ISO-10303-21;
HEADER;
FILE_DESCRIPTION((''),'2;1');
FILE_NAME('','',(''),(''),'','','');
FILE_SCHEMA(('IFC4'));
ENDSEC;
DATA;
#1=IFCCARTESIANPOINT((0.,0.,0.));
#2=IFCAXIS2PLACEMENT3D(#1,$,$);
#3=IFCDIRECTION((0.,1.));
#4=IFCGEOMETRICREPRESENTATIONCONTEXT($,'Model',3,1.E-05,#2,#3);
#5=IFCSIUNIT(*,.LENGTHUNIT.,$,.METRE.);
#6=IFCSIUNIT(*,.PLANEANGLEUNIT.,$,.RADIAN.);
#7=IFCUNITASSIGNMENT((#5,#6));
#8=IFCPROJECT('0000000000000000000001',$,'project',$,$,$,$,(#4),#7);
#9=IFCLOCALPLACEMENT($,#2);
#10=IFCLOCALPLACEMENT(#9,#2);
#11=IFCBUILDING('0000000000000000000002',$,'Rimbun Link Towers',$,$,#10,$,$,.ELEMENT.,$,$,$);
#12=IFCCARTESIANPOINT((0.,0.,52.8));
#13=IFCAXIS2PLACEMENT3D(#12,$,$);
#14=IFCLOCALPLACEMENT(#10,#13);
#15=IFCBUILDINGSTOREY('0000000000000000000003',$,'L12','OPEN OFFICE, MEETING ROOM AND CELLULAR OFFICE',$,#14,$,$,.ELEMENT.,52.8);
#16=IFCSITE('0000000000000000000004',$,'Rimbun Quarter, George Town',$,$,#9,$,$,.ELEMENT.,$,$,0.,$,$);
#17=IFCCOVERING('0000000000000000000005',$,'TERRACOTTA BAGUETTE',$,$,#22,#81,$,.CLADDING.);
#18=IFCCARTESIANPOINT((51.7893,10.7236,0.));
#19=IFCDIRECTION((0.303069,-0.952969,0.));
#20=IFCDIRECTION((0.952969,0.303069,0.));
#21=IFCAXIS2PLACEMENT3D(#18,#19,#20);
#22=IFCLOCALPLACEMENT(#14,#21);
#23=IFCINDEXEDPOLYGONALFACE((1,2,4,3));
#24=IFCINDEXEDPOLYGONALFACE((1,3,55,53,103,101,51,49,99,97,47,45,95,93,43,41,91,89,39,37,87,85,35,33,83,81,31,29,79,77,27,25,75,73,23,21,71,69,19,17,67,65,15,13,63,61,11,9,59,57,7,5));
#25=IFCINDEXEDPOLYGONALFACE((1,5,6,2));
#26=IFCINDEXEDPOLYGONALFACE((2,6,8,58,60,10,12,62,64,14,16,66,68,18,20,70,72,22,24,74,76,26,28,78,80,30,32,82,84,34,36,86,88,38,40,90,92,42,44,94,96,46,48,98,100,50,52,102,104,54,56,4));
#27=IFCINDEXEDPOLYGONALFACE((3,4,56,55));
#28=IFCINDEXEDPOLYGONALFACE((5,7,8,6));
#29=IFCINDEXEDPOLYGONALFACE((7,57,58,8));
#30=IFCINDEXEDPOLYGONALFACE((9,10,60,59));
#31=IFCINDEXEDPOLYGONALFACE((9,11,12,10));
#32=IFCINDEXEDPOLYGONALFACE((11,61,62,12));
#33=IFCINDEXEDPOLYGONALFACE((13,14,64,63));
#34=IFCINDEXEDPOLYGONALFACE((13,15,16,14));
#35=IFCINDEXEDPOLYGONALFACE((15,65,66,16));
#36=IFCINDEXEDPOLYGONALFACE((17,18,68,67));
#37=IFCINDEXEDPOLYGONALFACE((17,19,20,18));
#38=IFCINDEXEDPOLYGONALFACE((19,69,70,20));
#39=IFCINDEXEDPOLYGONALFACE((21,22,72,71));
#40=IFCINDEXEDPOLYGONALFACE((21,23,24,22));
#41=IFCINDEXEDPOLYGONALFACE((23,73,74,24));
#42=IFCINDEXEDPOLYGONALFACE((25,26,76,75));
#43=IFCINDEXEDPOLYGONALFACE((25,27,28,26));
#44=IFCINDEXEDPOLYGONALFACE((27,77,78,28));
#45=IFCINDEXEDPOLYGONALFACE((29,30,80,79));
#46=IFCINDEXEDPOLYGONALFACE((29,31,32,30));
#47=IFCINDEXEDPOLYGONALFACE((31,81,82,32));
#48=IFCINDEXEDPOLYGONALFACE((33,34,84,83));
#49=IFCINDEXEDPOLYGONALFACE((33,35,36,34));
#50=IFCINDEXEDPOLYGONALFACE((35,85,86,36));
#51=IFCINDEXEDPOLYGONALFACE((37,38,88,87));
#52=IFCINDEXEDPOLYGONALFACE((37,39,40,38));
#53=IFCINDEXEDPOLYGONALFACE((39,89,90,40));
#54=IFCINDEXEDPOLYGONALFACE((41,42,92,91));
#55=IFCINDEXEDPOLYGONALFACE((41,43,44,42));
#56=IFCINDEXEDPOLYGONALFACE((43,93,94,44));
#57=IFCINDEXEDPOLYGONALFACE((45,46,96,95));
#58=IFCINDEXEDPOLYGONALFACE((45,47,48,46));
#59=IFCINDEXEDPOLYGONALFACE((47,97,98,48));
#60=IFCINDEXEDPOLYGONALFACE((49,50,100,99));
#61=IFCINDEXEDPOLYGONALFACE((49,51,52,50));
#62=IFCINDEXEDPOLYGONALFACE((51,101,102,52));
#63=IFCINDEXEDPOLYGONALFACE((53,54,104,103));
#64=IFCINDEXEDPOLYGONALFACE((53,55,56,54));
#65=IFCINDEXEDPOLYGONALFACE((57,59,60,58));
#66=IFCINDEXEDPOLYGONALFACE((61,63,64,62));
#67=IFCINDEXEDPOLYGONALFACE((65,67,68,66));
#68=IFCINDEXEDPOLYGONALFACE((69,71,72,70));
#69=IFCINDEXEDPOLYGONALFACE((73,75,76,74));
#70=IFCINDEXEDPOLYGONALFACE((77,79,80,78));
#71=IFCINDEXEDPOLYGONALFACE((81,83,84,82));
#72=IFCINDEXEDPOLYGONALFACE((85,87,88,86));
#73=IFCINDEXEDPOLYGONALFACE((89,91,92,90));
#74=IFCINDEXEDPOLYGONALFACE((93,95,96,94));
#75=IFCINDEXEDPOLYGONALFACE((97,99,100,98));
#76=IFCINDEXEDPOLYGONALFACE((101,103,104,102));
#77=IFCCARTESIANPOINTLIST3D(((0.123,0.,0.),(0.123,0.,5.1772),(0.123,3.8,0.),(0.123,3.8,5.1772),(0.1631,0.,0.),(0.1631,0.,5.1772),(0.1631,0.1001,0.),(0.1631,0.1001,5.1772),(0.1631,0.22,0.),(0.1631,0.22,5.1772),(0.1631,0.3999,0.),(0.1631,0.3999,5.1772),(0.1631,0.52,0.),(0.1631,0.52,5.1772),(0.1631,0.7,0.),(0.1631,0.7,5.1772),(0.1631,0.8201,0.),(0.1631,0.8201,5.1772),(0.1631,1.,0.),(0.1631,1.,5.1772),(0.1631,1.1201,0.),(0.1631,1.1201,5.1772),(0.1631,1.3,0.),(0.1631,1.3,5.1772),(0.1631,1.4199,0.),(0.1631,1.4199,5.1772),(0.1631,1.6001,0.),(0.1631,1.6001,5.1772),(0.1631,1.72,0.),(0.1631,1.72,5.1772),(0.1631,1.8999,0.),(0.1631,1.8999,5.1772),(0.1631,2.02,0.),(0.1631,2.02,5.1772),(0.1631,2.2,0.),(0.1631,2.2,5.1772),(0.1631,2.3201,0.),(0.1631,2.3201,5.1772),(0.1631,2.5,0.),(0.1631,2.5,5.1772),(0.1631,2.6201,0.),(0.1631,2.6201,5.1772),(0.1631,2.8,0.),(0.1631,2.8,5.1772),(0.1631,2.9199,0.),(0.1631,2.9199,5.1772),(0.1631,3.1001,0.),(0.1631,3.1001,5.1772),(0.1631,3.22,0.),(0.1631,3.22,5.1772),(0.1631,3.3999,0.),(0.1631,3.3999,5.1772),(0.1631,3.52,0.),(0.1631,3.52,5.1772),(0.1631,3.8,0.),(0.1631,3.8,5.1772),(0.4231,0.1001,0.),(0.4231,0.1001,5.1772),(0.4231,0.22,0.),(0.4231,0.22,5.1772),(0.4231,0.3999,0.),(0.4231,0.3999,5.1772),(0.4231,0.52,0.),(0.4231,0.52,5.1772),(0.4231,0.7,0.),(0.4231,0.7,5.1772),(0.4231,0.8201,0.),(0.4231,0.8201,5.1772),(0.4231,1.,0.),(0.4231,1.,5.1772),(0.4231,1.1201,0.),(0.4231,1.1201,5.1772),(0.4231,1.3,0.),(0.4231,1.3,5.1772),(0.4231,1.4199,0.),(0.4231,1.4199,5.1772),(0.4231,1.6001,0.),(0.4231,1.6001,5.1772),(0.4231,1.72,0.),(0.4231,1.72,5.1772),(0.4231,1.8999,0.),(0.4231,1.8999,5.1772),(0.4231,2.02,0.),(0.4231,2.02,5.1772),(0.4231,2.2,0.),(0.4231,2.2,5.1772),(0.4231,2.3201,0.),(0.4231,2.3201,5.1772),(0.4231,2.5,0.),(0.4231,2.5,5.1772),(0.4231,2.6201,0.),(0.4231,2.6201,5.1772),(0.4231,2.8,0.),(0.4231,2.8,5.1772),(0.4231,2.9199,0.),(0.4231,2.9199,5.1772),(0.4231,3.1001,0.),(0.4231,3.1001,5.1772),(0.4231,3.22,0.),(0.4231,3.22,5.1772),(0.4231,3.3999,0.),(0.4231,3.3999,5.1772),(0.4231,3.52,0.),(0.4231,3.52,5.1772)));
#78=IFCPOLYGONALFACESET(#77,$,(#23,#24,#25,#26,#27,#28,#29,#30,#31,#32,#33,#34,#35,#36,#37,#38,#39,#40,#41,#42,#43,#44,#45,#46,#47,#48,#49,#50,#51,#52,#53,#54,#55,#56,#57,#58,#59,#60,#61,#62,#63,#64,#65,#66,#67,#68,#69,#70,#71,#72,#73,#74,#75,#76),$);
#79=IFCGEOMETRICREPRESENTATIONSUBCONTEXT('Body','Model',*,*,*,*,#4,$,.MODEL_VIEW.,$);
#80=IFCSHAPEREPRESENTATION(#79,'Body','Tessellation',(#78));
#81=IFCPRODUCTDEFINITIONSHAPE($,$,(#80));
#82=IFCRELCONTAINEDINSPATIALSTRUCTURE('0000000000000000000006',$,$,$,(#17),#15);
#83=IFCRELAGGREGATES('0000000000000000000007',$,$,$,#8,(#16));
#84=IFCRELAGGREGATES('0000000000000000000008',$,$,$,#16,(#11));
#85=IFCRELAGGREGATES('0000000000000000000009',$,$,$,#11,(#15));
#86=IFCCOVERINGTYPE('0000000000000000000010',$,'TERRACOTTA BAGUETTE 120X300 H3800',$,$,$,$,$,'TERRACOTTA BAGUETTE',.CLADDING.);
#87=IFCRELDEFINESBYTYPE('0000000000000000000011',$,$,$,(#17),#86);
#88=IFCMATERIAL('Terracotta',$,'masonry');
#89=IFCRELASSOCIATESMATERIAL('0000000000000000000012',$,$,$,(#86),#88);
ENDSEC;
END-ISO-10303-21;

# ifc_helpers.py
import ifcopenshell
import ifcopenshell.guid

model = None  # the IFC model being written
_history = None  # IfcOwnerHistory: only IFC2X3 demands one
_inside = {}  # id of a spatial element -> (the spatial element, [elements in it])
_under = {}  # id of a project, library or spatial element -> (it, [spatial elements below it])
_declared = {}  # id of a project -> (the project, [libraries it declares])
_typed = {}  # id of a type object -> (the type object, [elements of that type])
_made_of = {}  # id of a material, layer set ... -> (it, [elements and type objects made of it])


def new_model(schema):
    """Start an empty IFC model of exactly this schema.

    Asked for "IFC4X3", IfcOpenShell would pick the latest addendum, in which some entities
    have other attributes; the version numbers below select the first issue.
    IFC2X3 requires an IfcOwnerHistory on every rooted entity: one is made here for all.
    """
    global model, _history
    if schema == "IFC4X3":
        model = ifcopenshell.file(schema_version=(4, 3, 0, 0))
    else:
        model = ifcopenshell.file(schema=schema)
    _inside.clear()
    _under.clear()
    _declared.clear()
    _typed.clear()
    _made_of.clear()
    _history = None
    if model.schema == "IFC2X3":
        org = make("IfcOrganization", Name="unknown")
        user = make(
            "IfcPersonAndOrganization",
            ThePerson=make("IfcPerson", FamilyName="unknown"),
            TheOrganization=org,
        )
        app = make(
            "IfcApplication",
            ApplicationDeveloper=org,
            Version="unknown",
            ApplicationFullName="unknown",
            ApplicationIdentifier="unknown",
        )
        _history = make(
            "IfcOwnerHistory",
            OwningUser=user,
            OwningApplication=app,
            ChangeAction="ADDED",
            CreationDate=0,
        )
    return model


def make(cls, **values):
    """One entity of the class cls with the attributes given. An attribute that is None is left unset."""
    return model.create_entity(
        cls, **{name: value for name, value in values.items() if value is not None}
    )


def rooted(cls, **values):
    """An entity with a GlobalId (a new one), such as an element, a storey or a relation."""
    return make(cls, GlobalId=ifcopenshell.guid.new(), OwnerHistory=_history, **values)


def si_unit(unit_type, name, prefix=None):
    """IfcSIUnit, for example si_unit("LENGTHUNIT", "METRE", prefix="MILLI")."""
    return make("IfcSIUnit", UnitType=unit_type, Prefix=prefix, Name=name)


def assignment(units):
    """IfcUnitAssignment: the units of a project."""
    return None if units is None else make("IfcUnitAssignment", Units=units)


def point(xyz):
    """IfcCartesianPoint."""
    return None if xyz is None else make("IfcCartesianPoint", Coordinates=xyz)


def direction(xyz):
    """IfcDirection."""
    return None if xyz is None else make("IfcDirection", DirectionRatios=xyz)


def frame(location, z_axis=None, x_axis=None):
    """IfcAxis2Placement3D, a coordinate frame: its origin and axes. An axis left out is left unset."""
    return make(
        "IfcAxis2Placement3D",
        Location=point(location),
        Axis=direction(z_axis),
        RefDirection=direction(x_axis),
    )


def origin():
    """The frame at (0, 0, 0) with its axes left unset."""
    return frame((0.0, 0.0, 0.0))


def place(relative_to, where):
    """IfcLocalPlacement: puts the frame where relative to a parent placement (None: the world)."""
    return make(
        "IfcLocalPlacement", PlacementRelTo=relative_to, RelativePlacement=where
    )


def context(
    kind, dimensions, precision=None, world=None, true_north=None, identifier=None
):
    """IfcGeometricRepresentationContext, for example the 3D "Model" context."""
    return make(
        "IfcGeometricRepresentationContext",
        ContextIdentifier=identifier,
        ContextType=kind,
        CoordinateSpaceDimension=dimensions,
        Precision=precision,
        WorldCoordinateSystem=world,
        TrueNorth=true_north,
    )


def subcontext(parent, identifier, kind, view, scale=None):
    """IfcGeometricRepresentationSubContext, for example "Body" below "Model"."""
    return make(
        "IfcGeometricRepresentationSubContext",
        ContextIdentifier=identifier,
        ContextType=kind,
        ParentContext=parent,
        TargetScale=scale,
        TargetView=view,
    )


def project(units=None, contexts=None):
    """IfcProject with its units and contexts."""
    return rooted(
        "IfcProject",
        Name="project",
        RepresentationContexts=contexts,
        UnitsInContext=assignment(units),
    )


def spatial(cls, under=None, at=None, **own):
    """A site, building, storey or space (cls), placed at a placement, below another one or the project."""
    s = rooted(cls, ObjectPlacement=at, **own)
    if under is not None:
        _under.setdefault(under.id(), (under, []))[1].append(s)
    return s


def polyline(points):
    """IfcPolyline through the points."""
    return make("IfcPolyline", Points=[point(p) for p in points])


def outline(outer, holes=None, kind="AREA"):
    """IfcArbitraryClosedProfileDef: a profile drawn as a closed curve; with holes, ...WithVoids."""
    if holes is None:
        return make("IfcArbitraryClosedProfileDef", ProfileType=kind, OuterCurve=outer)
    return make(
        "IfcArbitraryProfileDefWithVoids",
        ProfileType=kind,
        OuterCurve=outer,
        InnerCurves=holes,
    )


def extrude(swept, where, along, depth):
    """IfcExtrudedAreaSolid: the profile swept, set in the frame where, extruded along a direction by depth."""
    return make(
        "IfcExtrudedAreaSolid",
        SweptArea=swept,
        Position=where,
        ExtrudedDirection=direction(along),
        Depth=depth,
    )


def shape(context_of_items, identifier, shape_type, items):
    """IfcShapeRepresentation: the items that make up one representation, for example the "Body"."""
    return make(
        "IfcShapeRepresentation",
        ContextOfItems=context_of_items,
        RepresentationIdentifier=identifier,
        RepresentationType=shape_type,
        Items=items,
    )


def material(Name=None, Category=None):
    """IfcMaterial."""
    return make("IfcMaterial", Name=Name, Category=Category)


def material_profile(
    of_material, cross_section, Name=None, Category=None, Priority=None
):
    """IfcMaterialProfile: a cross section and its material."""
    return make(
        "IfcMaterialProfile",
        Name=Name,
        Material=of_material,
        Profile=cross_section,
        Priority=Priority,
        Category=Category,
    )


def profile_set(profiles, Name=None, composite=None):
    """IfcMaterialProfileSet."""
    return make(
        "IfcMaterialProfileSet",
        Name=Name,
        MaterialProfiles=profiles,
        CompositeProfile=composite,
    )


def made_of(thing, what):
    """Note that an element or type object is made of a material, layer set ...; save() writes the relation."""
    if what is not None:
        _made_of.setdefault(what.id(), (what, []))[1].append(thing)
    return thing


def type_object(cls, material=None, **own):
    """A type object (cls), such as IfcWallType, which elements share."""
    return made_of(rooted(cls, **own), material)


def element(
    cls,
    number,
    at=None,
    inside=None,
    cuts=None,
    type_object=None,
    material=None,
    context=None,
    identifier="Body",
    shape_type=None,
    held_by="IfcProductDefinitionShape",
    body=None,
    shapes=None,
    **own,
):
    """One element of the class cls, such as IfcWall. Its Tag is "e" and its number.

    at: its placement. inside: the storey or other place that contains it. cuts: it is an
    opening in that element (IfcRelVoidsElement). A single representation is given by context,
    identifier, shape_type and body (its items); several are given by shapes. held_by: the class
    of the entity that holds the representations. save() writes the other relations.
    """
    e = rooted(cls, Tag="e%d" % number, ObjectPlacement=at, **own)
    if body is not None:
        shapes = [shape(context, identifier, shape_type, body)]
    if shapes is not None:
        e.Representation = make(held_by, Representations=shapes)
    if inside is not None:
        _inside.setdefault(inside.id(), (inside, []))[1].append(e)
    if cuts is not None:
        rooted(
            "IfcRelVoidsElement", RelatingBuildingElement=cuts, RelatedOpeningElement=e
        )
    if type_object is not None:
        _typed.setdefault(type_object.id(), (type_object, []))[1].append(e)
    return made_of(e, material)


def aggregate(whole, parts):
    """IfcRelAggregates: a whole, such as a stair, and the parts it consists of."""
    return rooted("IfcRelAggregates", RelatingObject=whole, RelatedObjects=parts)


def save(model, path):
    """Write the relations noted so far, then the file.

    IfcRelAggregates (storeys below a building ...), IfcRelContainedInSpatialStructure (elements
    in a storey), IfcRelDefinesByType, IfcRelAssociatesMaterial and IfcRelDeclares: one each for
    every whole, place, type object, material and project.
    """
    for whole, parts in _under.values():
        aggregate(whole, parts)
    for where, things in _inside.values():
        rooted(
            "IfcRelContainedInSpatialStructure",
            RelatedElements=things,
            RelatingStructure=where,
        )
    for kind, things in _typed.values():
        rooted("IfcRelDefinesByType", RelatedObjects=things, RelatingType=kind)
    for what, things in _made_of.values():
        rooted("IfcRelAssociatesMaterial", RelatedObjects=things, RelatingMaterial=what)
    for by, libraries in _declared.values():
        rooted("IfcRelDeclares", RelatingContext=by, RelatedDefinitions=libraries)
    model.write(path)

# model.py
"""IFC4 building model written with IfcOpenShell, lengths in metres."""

from ifc_helpers import new_model, si_unit, direction, frame, origin, place, context, subcontext, project, spatial, polyline, outline, extrude, material, material_profile, profile_set, type_object, element, save


model = new_model("IFC4")

# Units and contexts
model_context = context("Model", 3, precision=1e-05, world=origin(), true_north=direction((0.0, 1.0)))
body_context = subcontext(model_context, "Body", "Model", "MODEL_VIEW")
ifc_project = project(units=[si_unit("LENGTHUNIT", "METRE"), si_unit("PLANEANGLEUNIT", "RADIAN")], contexts=[model_context])

# Site, building, storey
site_placement = place(None, origin())
site = spatial("IfcSite", under=ifc_project, at=site_placement, Name="Rimbun Quarter, George Town", CompositionType="ELEMENT", RefElevation=0.0)
building_placement = place(site_placement, origin())
building = spatial("IfcBuilding", under=site, at=building_placement, Name="Rimbun Link Towers", CompositionType="ELEMENT")
storey_placement = place(building_placement, frame((0.0, 0.0, 52.8)))
storey = spatial("IfcBuildingStorey", under=building, at=storey_placement, Name="L12", Description="OPEN OFFICE, MEETING ROOM AND CELLULAR OFFICE", CompositionType="ELEMENT", Elevation=52.8)

# Covering
ifc_material_1 = material(Name="Terracotta", Category="masonry")
ifc_material_profile_1 = material_profile(ifc_material_1, outline(polyline([(0.123, 0.0), (0.1631, 0.0), (0.1631, 0.1001), (0.4231, 0.1001), (0.4231, 0.22), (0.1631, 0.22), (0.1631, 0.3999), (0.4231, 0.3999), (0.4231, 0.52), (0.1631, 0.52), (0.1631, 0.7), (0.4231, 0.7), (0.4231, 0.8201), (0.1631, 0.8201), (0.1631, 1.0), (0.4231, 1.0), (0.4231, 1.1201), (0.1631, 1.1201), (0.1631, 1.3), (0.4231, 1.3), (0.4231, 1.4199), (0.1631, 1.4199), (0.1631, 1.6001), (0.4231, 1.6001), (0.4231, 1.72), (0.1631, 1.72), (0.1631, 1.8999), (0.4231, 1.8999), (0.4231, 2.02), (0.1631, 2.02), (0.1631, 2.2), (0.4231, 2.2), (0.4231, 2.3201), (0.1631, 2.3201), (0.1631, 2.5), (0.4231, 2.5), (0.4231, 2.6201), (0.1631, 2.6201), (0.1631, 2.8), (0.4231, 2.8), (0.4231, 2.9199), (0.1631, 2.9199), (0.1631, 3.1001), (0.4231, 3.1001), (0.4231, 3.22), (0.1631, 3.22), (0.1631, 3.3999), (0.4231, 3.3999), (0.4231, 3.52), (0.1631, 3.52), (0.1631, 3.8), (0.123, 3.8), (0.123, 0.0)])), Name="BAGUETTE 120X300")
ifc_profile_set_1 = profile_set([ifc_material_profile_1], Name="Terracotta")
covering_type = type_object("IfcCoveringType", Name="TERRACOTTA BAGUETTE 120X300 H3800", ElementType="TERRACOTTA BAGUETTE", PredefinedType="CLADDING", material=ifc_profile_set_1)
covering_placement = place(storey_placement, frame((51.7893, 10.7236, 0.0), z_axis=(0.303069, -0.952969, 0.0), x_axis=(0.952969, 0.303069, 0.0)))
element("IfcCovering", 1, at=covering_placement, inside=storey, type_object=covering_type, Name="TERRACOTTA BAGUETTE", PredefinedType="CLADDING", context=body_context, shape_type="SweptSolid", body=[
    extrude(outline(polyline([(0.123, 0.0), (0.1631, 0.0), (0.1631, 0.1001), (0.4231, 0.1001), (0.4231, 0.22), (0.1631, 0.22), (0.1631, 0.3999), (0.4231, 0.3999), (0.4231, 0.52), (0.1631, 0.52), (0.1631, 0.7), (0.4231, 0.7), (0.4231, 0.8201), (0.1631, 0.8201), (0.1631, 1.0), (0.4231, 1.0), (0.4231, 1.1201), (0.1631, 1.1201), (0.1631, 1.3), (0.4231, 1.3), (0.4231, 1.4199), (0.1631, 1.4199), (0.1631, 1.6001), (0.4231, 1.6001), (0.4231, 1.72), (0.1631, 1.72), (0.1631, 1.8999), (0.4231, 1.8999), (0.4231, 2.02), (0.1631, 2.02), (0.1631, 2.2), (0.4231, 2.2), (0.4231, 2.3201), (0.1631, 2.3201), (0.1631, 2.5), (0.4231, 2.5), (0.4231, 2.6201), (0.1631, 2.6201), (0.1631, 2.8), (0.4231, 2.8), (0.4231, 2.9199), (0.1631, 2.9199), (0.1631, 3.1001), (0.4231, 3.1001), (0.4231, 3.22), (0.1631, 3.22), (0.1631, 3.3999), (0.4231, 3.3999), (0.4231, 3.52), (0.1631, 3.52), (0.1631, 3.8), (0.123, 3.8), (0.123, 0.0)])), origin(), (0.0, 0.0, 1.0), 5.1772),
])

save(model, "model.ifc")
